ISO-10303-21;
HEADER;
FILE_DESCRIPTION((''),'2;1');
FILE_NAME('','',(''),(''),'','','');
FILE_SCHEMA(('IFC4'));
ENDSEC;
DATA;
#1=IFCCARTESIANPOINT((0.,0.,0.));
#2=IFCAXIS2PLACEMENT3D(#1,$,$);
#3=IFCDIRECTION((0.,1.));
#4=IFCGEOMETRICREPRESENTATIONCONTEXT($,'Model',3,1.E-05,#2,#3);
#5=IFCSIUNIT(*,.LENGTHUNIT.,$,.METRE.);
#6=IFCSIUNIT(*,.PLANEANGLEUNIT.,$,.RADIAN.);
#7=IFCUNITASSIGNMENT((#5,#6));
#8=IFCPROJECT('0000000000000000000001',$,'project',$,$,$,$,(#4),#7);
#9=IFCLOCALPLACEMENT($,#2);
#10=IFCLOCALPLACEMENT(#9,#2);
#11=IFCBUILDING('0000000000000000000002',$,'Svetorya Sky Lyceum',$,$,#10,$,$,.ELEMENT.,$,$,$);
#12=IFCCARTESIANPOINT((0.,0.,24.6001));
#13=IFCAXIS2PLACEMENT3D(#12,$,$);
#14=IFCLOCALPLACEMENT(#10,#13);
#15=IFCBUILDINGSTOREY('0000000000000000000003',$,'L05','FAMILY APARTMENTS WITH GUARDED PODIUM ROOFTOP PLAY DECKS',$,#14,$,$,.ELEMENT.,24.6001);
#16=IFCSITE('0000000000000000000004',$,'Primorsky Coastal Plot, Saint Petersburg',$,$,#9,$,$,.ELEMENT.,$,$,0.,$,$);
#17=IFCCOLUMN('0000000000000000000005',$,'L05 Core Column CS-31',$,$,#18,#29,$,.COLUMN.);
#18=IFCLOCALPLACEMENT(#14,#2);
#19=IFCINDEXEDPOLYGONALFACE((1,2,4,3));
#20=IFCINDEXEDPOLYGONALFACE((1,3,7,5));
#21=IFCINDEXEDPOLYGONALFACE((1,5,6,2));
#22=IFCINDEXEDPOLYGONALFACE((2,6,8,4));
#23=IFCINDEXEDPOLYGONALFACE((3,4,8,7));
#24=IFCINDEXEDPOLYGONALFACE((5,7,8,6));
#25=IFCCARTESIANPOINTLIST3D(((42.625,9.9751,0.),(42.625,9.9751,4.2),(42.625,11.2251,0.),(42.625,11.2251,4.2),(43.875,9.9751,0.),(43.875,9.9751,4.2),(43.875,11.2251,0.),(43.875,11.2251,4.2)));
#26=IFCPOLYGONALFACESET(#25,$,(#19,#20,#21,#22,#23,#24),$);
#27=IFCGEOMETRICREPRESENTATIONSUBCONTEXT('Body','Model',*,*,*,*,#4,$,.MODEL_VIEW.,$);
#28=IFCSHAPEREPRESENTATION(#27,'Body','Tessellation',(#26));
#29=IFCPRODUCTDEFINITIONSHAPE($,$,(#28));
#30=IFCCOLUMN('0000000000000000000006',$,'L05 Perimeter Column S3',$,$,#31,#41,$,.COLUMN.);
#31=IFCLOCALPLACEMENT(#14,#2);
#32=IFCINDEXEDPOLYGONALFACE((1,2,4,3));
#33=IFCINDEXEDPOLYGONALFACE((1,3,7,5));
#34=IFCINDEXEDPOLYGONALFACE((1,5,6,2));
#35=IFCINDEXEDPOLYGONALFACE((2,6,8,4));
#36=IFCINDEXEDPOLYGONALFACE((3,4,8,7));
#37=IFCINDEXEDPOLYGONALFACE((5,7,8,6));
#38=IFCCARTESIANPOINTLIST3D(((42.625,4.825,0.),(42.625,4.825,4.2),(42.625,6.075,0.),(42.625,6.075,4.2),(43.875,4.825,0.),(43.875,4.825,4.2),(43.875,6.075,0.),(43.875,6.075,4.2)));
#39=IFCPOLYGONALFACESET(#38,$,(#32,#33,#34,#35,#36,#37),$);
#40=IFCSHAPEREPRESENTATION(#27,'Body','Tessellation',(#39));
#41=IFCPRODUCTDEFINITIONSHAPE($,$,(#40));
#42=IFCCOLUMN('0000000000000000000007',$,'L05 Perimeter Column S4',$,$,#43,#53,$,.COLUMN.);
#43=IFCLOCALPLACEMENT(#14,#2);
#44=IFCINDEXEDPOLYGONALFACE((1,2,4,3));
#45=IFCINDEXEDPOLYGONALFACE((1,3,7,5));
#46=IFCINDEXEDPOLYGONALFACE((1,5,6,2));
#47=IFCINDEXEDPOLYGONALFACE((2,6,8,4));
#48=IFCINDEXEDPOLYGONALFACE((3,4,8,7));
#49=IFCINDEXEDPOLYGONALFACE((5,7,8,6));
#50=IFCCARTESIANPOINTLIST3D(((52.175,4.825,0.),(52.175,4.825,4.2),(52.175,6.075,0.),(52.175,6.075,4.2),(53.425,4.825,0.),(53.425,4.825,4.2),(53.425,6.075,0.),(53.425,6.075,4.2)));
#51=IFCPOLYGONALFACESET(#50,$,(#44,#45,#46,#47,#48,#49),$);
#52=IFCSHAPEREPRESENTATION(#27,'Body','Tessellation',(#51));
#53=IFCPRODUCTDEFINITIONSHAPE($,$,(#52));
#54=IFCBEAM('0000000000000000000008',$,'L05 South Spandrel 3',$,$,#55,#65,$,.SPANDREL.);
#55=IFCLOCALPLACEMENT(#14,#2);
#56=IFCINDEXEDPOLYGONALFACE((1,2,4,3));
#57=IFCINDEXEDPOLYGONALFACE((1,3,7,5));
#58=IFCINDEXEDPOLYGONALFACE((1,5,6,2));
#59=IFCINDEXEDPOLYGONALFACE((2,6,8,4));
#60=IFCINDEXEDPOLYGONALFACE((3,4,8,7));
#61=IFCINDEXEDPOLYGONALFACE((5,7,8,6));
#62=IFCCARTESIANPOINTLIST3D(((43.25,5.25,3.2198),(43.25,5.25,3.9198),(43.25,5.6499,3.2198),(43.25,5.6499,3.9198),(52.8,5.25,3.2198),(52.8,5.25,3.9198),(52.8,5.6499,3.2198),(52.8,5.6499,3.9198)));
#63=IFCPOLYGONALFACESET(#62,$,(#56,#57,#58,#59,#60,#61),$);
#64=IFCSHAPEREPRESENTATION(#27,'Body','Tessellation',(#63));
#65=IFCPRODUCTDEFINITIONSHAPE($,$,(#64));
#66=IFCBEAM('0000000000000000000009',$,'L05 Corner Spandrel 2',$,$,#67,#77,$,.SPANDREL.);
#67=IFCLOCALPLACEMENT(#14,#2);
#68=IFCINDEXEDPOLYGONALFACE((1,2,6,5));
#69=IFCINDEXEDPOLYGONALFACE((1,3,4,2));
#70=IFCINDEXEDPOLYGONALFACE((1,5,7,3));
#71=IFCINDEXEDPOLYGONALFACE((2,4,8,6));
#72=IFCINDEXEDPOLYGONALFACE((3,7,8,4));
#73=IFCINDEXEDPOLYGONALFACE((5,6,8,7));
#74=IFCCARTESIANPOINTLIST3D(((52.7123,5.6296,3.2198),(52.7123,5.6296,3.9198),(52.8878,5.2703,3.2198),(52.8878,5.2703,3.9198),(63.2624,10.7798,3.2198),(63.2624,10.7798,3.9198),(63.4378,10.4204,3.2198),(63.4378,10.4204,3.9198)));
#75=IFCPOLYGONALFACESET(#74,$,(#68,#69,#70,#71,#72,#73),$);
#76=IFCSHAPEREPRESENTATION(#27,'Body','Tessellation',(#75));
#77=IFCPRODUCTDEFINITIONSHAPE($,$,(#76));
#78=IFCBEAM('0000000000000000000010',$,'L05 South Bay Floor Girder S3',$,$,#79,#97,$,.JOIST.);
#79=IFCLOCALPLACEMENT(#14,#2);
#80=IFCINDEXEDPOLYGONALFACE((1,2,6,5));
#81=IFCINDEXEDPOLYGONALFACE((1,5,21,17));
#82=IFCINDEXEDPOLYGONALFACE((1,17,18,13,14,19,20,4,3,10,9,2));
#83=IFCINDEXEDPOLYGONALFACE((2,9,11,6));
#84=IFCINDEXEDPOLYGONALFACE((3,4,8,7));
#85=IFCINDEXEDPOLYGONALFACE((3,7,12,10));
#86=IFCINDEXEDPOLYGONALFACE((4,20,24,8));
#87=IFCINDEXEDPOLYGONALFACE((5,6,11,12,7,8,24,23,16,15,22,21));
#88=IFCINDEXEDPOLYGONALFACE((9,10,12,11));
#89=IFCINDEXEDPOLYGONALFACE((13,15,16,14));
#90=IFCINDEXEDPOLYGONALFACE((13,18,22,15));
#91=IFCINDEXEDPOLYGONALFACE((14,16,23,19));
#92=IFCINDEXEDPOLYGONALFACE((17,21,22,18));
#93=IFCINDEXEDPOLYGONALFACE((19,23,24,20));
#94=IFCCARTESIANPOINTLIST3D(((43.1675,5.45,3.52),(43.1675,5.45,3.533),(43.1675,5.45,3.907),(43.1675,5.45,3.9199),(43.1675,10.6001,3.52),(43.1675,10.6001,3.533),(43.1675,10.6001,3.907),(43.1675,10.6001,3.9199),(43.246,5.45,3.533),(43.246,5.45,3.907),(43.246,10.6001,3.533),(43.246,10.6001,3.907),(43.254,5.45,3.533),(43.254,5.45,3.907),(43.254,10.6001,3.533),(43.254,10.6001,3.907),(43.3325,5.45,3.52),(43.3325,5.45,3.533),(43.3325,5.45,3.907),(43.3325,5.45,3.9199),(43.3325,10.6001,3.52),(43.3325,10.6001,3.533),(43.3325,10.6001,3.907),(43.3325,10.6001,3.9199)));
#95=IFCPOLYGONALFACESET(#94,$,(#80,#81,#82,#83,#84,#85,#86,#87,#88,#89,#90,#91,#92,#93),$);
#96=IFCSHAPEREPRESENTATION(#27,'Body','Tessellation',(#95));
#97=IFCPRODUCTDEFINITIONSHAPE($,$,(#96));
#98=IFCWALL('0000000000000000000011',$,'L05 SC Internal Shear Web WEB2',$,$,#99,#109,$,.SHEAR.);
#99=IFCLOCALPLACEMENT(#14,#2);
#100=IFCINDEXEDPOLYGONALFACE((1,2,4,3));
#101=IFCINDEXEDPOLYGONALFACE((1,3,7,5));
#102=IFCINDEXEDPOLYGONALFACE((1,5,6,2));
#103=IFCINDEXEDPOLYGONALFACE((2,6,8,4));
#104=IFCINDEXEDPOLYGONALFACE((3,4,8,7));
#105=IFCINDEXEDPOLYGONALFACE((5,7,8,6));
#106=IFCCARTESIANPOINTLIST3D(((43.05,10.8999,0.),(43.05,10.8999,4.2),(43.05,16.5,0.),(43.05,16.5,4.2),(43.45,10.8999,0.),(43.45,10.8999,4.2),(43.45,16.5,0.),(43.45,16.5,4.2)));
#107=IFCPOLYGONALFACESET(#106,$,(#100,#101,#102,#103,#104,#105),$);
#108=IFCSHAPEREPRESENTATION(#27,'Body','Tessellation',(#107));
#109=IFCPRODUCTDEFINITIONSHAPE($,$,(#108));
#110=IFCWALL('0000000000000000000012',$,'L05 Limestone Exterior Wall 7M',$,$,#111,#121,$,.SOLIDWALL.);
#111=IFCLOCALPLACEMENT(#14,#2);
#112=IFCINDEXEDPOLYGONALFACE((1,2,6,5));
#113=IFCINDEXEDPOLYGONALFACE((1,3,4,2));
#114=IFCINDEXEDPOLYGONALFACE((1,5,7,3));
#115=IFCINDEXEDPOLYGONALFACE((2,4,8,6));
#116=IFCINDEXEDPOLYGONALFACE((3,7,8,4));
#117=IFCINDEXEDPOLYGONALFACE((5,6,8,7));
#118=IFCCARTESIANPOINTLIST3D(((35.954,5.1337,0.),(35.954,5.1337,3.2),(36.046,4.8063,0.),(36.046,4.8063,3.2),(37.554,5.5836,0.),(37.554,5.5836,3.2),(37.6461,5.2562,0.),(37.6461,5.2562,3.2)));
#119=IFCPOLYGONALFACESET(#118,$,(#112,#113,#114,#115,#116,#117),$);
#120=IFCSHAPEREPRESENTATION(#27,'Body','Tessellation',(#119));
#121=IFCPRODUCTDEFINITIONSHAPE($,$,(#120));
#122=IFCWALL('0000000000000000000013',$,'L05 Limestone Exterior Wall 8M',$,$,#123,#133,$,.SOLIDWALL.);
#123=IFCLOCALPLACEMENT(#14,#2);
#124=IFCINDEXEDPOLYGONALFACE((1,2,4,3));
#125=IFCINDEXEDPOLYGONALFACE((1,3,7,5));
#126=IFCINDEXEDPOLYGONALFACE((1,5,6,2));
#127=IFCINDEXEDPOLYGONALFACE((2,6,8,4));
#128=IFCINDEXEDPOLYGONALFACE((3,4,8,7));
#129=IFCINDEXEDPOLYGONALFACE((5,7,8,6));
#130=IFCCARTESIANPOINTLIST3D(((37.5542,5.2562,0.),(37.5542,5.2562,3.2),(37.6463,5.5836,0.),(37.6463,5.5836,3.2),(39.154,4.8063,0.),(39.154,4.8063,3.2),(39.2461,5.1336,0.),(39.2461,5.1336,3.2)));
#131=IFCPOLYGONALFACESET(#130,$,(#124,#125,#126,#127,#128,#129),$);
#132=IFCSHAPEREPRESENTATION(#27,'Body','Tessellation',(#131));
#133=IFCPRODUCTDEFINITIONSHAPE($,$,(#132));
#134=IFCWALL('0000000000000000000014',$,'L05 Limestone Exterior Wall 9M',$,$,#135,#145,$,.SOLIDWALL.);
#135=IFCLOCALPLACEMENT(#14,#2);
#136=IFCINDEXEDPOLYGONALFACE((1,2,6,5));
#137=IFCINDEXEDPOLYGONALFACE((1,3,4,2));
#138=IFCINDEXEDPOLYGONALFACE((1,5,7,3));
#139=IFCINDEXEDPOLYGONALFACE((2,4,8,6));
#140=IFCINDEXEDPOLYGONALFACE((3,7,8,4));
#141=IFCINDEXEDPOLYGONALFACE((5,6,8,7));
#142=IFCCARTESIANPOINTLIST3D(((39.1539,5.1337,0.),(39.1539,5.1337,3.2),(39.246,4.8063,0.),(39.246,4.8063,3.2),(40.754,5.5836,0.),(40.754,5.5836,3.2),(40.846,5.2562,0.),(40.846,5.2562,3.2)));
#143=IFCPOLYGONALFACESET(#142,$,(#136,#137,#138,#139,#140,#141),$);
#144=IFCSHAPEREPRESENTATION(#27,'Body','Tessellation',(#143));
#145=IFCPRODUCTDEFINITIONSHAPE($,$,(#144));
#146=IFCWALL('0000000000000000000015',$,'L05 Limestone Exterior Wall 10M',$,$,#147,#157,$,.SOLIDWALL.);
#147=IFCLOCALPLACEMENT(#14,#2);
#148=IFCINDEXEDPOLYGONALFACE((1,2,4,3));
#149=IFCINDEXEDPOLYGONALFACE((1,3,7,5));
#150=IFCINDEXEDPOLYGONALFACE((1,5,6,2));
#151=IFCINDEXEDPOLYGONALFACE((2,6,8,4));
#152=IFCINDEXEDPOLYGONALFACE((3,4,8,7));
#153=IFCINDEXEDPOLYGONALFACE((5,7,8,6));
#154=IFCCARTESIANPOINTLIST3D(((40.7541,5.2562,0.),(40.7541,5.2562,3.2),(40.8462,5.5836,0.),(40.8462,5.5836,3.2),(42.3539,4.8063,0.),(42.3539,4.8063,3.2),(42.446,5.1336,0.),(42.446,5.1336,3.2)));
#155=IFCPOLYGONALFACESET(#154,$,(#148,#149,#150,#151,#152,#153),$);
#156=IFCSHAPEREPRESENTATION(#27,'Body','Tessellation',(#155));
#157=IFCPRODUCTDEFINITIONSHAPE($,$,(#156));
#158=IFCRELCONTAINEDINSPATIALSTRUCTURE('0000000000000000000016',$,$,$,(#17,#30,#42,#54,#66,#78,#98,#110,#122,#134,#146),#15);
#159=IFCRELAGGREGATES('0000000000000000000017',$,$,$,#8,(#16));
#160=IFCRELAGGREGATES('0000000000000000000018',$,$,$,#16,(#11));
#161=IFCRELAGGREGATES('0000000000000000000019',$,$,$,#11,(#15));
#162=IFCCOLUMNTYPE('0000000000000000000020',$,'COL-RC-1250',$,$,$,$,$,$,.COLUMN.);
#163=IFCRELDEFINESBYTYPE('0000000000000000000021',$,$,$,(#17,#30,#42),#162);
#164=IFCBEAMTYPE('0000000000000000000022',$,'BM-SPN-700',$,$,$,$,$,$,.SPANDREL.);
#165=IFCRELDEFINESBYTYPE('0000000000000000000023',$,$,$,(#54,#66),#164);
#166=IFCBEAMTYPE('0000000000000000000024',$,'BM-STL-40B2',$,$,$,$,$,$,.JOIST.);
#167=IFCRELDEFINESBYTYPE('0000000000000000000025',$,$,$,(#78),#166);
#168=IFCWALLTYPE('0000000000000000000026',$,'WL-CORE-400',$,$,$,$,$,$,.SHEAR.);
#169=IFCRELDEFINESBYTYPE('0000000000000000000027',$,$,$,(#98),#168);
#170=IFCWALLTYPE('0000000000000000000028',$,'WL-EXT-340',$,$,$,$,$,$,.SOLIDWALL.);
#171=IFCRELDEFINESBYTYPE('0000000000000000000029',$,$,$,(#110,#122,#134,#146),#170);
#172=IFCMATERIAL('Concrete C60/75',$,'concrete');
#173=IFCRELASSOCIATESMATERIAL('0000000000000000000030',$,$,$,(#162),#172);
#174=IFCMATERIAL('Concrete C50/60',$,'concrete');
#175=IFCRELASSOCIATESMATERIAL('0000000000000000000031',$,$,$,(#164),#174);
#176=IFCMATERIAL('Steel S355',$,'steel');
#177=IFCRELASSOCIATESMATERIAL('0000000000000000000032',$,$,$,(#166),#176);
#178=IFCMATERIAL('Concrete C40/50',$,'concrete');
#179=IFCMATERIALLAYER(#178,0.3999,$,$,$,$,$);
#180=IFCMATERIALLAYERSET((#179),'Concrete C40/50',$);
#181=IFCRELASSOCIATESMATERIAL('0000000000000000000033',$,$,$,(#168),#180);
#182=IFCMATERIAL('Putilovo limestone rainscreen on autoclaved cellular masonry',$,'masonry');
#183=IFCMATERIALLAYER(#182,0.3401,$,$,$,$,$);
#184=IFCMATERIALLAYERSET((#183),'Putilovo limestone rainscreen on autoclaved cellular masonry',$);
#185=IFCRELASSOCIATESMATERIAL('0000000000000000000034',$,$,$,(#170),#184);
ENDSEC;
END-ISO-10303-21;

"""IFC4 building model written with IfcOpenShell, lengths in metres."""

from ifc_helpers import new_model, si_unit, direction, frame, frame_2d, origin, origin_2d, place, context, subcontext, project, spatial, rectangle, i_section, extrude, material, layer, layer_set, material_profile, profile_set, type_object, element, save


model = new_model("IFC4")

# Units and contexts
model_context = context("Model", 3, precision=1e-05, world=origin(), true_north=direction((0.0, 1.0)))
body_context = subcontext(model_context, "Body", "Model", "MODEL_VIEW")
ifc_project = project(units=[si_unit("LENGTHUNIT", "METRE"), si_unit("PLANEANGLEUNIT", "RADIAN")], contexts=[model_context])

# Site, building, storey
site_placement = place(None, origin())
site = spatial("IfcSite", under=ifc_project, at=site_placement, Name="Primorsky Coastal Plot, Saint Petersburg", CompositionType="ELEMENT", RefElevation=0.0)
building_placement = place(site_placement, origin())
building = spatial("IfcBuilding", under=site, at=building_placement, Name="Svetorya Sky Lyceum", CompositionType="ELEMENT")
storey_placement = place(building_placement, frame((0.0, 0.0, 24.6001)))
storey = spatial("IfcBuildingStorey", under=building, at=storey_placement, Name="L05", Description="FAMILY APARTMENTS WITH GUARDED PODIUM ROOFTOP PLAY DECKS", CompositionType="ELEMENT", Elevation=24.6001)

# Columns
ifc_material_1 = material(Name="Concrete C60/75", Category="concrete")
ifc_material_profile_1 = material_profile(ifc_material_1, rectangle(XDim=1.25, YDim=1.25, at=origin_2d()), Name="RC COL 1250x1250")
ifc_profile_set_1 = profile_set([ifc_material_profile_1], Name="Concrete C60/75")
column_type = type_object("IfcColumnType", Name="COL-RC-1250", PredefinedType="COLUMN", material=ifc_profile_set_1)
for number, where, z_axis, x_axis, name in (
    (1, (43.25, 10.6001, 0.0), (0.0, 0.0, 1.0), (1.0, 0.0, 0.0), "L05 Core Column CS-31"),
    (2, (43.25, 5.45, 0.0), (0.0, 0.0, 1.0), (1.0, 0.0, 0.0), "L05 Perimeter Column S3"),
    (3, (52.8, 5.45, 0.0), (0.0, 0.0, 1.0), (1.0, 0.0, 0.0), "L05 Perimeter Column S4"),
):
    element("IfcColumn", number, at=place(storey_placement, frame(where, z_axis=z_axis, x_axis=x_axis)), inside=storey, type_object=column_type, Name=name, PredefinedType="COLUMN", context=body_context, shape_type="SweptSolid", body=[
        extrude(rectangle(XDim=1.25, YDim=1.25, at=origin_2d()), origin(), (0.0, 0.0, 1.0), 4.2),
    ])

# Beams
ifc_material_2 = material(Name="Concrete C50/60", Category="concrete")
ifc_material_profile_2 = material_profile(ifc_material_2, rectangle(XDim=0.3999, YDim=0.7, at=origin_2d()), Name="RC SPANDREL 400x700")
ifc_profile_set_2 = profile_set([ifc_material_profile_2], Name="Concrete C50/60")
beam_type_1 = type_object("IfcBeamType", Name="BM-SPN-700", PredefinedType="SPANDREL", material=ifc_profile_set_2)
beam_1_placement = place(storey_placement, frame((43.25, 5.45, 3.5698), z_axis=(1.0, 0.0, 0.0), x_axis=(0.0, 1.0, 0.0)))
element("IfcBeam", 4, at=beam_1_placement, inside=storey, type_object=beam_type_1, Name="L05 South Spandrel 3", PredefinedType="SPANDREL", context=body_context, shape_type="SweptSolid", body=[
    extrude(rectangle(XDim=0.3999, YDim=0.7, at=origin_2d()), origin(), (0.0, 0.0, 1.0), 9.55),
])
beam_2_placement = place(storey_placement, frame((52.8, 5.45, 3.5698), z_axis=(0.898641, 0.438684, 0.0), x_axis=(-0.438684, 0.898641, 0.0)))
element("IfcBeam", 5, at=beam_2_placement, inside=storey, type_object=beam_type_1, Name="L05 Corner Spandrel 2", PredefinedType="SPANDREL", context=body_context, shape_type="SweptSolid", body=[
    extrude(rectangle(XDim=0.3999, YDim=0.7, at=origin_2d()), origin(), (0.0, 0.0, 1.0), 11.74),
])
ifc_material_3 = material(Name="Steel S355", Category="steel")
ifc_material_profile_3 = material_profile(ifc_material_3, i_section(OverallWidth=0.165, OverallDepth=0.3999, WebThickness=0.0081, FlangeThickness=0.0129, at=origin_2d()), Name="GOST 40B2")
ifc_profile_set_3 = profile_set([ifc_material_profile_3], Name="Steel S355")
beam_type_2 = type_object("IfcBeamType", Name="BM-STL-40B2", PredefinedType="JOIST", material=ifc_profile_set_3)
beam_3_placement = place(storey_placement, frame((43.25, 5.45, 3.72), z_axis=(0.0, 1.0, 0.0), x_axis=(-1.0, 0.0, 0.0)))
element("IfcBeam", 6, at=beam_3_placement, inside=storey, type_object=beam_type_2, Name="L05 South Bay Floor Girder S3", PredefinedType="JOIST", context=body_context, shape_type="SweptSolid", body=[
    extrude(i_section(OverallWidth=0.165, OverallDepth=0.3999, WebThickness=0.0081, FlangeThickness=0.0129, at=origin_2d()), origin(), (0.0, 0.0, 1.0), 5.1501),
])

# Walls
ifc_material_4 = material(Name="Concrete C40/50", Category="concrete")
ifc_layer_1 = layer(ifc_material_4, 0.3999)
ifc_layer_set_1 = layer_set([ifc_layer_1], Name="Concrete C40/50")
wall_type_1 = type_object("IfcWallType", Name="WL-CORE-400", PredefinedType="SHEAR", material=ifc_layer_set_1)
wall_1_placement = place(storey_placement, frame((43.25, 10.8999, 0.0), z_axis=(0.0, 0.0, 1.0), x_axis=(0.0, 1.0, 0.0)))
element("IfcWall", 7, at=wall_1_placement, inside=storey, type_object=wall_type_1, Name="L05 SC Internal Shear Web WEB2", PredefinedType="SHEAR", context=body_context, shape_type="SweptSolid", body=[
    extrude(rectangle(XDim=5.6001, YDim=0.3999, at=frame_2d((2.8, 0.0))), origin(), (0.0, 0.0, 1.0), 4.2),
])
ifc_material_5 = material(Name="Putilovo limestone rainscreen on autoclaved cellular masonry", Category="masonry")
ifc_layer_2 = layer(ifc_material_5, 0.3401)
ifc_layer_set_2 = layer_set([ifc_layer_2], Name="Putilovo limestone rainscreen on autoclaved cellular masonry")
wall_type_2 = type_object("IfcWallType", Name="WL-EXT-340", PredefinedType="SOLIDWALL", material=ifc_layer_set_2)
wall_2_placement = place(storey_placement, frame((36.0, 4.97, 0.0), z_axis=(0.0, 0.0, 1.0), x_axis=(0.962663, 0.270703, 0.0)))
element("IfcWall", 8, at=wall_2_placement, inside=storey, type_object=wall_type_2, Name="L05 Limestone Exterior Wall 7M", PredefinedType="SOLIDWALL", context=body_context, shape_type="SweptSolid", body=[
    extrude(rectangle(XDim=1.6621, YDim=0.3401, at=frame_2d((0.8311, 0.0))), origin(), (0.0, 0.0, 1.0), 3.2),
])
wall_3_placement = place(storey_placement, frame((37.6001, 5.4199, 0.0), z_axis=(0.0, 0.0, 1.0), x_axis=(0.962652, -0.270741, 0.0)))
element("IfcWall", 9, at=wall_3_placement, inside=storey, type_object=wall_type_2, Name="L05 Limestone Exterior Wall 8M", PredefinedType="SOLIDWALL", context=body_context, shape_type="SweptSolid", body=[
    extrude(rectangle(XDim=1.6619, YDim=0.3401, at=frame_2d((0.8311, 0.0))), origin(), (0.0, 0.0, 1.0), 3.2),
])
wall_4_placement = place(storey_placement, frame((39.2, 4.97, 0.0), z_axis=(0.0, 0.0, 1.0), x_axis=(0.962663, 0.270703, 0.0)))
element("IfcWall", 10, at=wall_4_placement, inside=storey, type_object=wall_type_2, Name="L05 Limestone Exterior Wall 9M", PredefinedType="SOLIDWALL", context=body_context, shape_type="SweptSolid", body=[
    extrude(rectangle(XDim=1.6621, YDim=0.3401, at=frame_2d((0.8311, 0.0))), origin(), (0.0, 0.0, 1.0), 3.2),
])
wall_5_placement = place(storey_placement, frame((40.8, 5.4199, 0.0), z_axis=(0.0, 0.0, 1.0), x_axis=(0.962652, -0.270741, 0.0)))
element("IfcWall", 11, at=wall_5_placement, inside=storey, type_object=wall_type_2, Name="L05 Limestone Exterior Wall 10M", PredefinedType="SOLIDWALL", context=body_context, shape_type="SweptSolid", body=[
    extrude(rectangle(XDim=1.6619, YDim=0.3401, at=frame_2d((0.8311, 0.0))), origin(), (0.0, 0.0, 1.0), 3.2),
])

save(model, "model.ifc")
